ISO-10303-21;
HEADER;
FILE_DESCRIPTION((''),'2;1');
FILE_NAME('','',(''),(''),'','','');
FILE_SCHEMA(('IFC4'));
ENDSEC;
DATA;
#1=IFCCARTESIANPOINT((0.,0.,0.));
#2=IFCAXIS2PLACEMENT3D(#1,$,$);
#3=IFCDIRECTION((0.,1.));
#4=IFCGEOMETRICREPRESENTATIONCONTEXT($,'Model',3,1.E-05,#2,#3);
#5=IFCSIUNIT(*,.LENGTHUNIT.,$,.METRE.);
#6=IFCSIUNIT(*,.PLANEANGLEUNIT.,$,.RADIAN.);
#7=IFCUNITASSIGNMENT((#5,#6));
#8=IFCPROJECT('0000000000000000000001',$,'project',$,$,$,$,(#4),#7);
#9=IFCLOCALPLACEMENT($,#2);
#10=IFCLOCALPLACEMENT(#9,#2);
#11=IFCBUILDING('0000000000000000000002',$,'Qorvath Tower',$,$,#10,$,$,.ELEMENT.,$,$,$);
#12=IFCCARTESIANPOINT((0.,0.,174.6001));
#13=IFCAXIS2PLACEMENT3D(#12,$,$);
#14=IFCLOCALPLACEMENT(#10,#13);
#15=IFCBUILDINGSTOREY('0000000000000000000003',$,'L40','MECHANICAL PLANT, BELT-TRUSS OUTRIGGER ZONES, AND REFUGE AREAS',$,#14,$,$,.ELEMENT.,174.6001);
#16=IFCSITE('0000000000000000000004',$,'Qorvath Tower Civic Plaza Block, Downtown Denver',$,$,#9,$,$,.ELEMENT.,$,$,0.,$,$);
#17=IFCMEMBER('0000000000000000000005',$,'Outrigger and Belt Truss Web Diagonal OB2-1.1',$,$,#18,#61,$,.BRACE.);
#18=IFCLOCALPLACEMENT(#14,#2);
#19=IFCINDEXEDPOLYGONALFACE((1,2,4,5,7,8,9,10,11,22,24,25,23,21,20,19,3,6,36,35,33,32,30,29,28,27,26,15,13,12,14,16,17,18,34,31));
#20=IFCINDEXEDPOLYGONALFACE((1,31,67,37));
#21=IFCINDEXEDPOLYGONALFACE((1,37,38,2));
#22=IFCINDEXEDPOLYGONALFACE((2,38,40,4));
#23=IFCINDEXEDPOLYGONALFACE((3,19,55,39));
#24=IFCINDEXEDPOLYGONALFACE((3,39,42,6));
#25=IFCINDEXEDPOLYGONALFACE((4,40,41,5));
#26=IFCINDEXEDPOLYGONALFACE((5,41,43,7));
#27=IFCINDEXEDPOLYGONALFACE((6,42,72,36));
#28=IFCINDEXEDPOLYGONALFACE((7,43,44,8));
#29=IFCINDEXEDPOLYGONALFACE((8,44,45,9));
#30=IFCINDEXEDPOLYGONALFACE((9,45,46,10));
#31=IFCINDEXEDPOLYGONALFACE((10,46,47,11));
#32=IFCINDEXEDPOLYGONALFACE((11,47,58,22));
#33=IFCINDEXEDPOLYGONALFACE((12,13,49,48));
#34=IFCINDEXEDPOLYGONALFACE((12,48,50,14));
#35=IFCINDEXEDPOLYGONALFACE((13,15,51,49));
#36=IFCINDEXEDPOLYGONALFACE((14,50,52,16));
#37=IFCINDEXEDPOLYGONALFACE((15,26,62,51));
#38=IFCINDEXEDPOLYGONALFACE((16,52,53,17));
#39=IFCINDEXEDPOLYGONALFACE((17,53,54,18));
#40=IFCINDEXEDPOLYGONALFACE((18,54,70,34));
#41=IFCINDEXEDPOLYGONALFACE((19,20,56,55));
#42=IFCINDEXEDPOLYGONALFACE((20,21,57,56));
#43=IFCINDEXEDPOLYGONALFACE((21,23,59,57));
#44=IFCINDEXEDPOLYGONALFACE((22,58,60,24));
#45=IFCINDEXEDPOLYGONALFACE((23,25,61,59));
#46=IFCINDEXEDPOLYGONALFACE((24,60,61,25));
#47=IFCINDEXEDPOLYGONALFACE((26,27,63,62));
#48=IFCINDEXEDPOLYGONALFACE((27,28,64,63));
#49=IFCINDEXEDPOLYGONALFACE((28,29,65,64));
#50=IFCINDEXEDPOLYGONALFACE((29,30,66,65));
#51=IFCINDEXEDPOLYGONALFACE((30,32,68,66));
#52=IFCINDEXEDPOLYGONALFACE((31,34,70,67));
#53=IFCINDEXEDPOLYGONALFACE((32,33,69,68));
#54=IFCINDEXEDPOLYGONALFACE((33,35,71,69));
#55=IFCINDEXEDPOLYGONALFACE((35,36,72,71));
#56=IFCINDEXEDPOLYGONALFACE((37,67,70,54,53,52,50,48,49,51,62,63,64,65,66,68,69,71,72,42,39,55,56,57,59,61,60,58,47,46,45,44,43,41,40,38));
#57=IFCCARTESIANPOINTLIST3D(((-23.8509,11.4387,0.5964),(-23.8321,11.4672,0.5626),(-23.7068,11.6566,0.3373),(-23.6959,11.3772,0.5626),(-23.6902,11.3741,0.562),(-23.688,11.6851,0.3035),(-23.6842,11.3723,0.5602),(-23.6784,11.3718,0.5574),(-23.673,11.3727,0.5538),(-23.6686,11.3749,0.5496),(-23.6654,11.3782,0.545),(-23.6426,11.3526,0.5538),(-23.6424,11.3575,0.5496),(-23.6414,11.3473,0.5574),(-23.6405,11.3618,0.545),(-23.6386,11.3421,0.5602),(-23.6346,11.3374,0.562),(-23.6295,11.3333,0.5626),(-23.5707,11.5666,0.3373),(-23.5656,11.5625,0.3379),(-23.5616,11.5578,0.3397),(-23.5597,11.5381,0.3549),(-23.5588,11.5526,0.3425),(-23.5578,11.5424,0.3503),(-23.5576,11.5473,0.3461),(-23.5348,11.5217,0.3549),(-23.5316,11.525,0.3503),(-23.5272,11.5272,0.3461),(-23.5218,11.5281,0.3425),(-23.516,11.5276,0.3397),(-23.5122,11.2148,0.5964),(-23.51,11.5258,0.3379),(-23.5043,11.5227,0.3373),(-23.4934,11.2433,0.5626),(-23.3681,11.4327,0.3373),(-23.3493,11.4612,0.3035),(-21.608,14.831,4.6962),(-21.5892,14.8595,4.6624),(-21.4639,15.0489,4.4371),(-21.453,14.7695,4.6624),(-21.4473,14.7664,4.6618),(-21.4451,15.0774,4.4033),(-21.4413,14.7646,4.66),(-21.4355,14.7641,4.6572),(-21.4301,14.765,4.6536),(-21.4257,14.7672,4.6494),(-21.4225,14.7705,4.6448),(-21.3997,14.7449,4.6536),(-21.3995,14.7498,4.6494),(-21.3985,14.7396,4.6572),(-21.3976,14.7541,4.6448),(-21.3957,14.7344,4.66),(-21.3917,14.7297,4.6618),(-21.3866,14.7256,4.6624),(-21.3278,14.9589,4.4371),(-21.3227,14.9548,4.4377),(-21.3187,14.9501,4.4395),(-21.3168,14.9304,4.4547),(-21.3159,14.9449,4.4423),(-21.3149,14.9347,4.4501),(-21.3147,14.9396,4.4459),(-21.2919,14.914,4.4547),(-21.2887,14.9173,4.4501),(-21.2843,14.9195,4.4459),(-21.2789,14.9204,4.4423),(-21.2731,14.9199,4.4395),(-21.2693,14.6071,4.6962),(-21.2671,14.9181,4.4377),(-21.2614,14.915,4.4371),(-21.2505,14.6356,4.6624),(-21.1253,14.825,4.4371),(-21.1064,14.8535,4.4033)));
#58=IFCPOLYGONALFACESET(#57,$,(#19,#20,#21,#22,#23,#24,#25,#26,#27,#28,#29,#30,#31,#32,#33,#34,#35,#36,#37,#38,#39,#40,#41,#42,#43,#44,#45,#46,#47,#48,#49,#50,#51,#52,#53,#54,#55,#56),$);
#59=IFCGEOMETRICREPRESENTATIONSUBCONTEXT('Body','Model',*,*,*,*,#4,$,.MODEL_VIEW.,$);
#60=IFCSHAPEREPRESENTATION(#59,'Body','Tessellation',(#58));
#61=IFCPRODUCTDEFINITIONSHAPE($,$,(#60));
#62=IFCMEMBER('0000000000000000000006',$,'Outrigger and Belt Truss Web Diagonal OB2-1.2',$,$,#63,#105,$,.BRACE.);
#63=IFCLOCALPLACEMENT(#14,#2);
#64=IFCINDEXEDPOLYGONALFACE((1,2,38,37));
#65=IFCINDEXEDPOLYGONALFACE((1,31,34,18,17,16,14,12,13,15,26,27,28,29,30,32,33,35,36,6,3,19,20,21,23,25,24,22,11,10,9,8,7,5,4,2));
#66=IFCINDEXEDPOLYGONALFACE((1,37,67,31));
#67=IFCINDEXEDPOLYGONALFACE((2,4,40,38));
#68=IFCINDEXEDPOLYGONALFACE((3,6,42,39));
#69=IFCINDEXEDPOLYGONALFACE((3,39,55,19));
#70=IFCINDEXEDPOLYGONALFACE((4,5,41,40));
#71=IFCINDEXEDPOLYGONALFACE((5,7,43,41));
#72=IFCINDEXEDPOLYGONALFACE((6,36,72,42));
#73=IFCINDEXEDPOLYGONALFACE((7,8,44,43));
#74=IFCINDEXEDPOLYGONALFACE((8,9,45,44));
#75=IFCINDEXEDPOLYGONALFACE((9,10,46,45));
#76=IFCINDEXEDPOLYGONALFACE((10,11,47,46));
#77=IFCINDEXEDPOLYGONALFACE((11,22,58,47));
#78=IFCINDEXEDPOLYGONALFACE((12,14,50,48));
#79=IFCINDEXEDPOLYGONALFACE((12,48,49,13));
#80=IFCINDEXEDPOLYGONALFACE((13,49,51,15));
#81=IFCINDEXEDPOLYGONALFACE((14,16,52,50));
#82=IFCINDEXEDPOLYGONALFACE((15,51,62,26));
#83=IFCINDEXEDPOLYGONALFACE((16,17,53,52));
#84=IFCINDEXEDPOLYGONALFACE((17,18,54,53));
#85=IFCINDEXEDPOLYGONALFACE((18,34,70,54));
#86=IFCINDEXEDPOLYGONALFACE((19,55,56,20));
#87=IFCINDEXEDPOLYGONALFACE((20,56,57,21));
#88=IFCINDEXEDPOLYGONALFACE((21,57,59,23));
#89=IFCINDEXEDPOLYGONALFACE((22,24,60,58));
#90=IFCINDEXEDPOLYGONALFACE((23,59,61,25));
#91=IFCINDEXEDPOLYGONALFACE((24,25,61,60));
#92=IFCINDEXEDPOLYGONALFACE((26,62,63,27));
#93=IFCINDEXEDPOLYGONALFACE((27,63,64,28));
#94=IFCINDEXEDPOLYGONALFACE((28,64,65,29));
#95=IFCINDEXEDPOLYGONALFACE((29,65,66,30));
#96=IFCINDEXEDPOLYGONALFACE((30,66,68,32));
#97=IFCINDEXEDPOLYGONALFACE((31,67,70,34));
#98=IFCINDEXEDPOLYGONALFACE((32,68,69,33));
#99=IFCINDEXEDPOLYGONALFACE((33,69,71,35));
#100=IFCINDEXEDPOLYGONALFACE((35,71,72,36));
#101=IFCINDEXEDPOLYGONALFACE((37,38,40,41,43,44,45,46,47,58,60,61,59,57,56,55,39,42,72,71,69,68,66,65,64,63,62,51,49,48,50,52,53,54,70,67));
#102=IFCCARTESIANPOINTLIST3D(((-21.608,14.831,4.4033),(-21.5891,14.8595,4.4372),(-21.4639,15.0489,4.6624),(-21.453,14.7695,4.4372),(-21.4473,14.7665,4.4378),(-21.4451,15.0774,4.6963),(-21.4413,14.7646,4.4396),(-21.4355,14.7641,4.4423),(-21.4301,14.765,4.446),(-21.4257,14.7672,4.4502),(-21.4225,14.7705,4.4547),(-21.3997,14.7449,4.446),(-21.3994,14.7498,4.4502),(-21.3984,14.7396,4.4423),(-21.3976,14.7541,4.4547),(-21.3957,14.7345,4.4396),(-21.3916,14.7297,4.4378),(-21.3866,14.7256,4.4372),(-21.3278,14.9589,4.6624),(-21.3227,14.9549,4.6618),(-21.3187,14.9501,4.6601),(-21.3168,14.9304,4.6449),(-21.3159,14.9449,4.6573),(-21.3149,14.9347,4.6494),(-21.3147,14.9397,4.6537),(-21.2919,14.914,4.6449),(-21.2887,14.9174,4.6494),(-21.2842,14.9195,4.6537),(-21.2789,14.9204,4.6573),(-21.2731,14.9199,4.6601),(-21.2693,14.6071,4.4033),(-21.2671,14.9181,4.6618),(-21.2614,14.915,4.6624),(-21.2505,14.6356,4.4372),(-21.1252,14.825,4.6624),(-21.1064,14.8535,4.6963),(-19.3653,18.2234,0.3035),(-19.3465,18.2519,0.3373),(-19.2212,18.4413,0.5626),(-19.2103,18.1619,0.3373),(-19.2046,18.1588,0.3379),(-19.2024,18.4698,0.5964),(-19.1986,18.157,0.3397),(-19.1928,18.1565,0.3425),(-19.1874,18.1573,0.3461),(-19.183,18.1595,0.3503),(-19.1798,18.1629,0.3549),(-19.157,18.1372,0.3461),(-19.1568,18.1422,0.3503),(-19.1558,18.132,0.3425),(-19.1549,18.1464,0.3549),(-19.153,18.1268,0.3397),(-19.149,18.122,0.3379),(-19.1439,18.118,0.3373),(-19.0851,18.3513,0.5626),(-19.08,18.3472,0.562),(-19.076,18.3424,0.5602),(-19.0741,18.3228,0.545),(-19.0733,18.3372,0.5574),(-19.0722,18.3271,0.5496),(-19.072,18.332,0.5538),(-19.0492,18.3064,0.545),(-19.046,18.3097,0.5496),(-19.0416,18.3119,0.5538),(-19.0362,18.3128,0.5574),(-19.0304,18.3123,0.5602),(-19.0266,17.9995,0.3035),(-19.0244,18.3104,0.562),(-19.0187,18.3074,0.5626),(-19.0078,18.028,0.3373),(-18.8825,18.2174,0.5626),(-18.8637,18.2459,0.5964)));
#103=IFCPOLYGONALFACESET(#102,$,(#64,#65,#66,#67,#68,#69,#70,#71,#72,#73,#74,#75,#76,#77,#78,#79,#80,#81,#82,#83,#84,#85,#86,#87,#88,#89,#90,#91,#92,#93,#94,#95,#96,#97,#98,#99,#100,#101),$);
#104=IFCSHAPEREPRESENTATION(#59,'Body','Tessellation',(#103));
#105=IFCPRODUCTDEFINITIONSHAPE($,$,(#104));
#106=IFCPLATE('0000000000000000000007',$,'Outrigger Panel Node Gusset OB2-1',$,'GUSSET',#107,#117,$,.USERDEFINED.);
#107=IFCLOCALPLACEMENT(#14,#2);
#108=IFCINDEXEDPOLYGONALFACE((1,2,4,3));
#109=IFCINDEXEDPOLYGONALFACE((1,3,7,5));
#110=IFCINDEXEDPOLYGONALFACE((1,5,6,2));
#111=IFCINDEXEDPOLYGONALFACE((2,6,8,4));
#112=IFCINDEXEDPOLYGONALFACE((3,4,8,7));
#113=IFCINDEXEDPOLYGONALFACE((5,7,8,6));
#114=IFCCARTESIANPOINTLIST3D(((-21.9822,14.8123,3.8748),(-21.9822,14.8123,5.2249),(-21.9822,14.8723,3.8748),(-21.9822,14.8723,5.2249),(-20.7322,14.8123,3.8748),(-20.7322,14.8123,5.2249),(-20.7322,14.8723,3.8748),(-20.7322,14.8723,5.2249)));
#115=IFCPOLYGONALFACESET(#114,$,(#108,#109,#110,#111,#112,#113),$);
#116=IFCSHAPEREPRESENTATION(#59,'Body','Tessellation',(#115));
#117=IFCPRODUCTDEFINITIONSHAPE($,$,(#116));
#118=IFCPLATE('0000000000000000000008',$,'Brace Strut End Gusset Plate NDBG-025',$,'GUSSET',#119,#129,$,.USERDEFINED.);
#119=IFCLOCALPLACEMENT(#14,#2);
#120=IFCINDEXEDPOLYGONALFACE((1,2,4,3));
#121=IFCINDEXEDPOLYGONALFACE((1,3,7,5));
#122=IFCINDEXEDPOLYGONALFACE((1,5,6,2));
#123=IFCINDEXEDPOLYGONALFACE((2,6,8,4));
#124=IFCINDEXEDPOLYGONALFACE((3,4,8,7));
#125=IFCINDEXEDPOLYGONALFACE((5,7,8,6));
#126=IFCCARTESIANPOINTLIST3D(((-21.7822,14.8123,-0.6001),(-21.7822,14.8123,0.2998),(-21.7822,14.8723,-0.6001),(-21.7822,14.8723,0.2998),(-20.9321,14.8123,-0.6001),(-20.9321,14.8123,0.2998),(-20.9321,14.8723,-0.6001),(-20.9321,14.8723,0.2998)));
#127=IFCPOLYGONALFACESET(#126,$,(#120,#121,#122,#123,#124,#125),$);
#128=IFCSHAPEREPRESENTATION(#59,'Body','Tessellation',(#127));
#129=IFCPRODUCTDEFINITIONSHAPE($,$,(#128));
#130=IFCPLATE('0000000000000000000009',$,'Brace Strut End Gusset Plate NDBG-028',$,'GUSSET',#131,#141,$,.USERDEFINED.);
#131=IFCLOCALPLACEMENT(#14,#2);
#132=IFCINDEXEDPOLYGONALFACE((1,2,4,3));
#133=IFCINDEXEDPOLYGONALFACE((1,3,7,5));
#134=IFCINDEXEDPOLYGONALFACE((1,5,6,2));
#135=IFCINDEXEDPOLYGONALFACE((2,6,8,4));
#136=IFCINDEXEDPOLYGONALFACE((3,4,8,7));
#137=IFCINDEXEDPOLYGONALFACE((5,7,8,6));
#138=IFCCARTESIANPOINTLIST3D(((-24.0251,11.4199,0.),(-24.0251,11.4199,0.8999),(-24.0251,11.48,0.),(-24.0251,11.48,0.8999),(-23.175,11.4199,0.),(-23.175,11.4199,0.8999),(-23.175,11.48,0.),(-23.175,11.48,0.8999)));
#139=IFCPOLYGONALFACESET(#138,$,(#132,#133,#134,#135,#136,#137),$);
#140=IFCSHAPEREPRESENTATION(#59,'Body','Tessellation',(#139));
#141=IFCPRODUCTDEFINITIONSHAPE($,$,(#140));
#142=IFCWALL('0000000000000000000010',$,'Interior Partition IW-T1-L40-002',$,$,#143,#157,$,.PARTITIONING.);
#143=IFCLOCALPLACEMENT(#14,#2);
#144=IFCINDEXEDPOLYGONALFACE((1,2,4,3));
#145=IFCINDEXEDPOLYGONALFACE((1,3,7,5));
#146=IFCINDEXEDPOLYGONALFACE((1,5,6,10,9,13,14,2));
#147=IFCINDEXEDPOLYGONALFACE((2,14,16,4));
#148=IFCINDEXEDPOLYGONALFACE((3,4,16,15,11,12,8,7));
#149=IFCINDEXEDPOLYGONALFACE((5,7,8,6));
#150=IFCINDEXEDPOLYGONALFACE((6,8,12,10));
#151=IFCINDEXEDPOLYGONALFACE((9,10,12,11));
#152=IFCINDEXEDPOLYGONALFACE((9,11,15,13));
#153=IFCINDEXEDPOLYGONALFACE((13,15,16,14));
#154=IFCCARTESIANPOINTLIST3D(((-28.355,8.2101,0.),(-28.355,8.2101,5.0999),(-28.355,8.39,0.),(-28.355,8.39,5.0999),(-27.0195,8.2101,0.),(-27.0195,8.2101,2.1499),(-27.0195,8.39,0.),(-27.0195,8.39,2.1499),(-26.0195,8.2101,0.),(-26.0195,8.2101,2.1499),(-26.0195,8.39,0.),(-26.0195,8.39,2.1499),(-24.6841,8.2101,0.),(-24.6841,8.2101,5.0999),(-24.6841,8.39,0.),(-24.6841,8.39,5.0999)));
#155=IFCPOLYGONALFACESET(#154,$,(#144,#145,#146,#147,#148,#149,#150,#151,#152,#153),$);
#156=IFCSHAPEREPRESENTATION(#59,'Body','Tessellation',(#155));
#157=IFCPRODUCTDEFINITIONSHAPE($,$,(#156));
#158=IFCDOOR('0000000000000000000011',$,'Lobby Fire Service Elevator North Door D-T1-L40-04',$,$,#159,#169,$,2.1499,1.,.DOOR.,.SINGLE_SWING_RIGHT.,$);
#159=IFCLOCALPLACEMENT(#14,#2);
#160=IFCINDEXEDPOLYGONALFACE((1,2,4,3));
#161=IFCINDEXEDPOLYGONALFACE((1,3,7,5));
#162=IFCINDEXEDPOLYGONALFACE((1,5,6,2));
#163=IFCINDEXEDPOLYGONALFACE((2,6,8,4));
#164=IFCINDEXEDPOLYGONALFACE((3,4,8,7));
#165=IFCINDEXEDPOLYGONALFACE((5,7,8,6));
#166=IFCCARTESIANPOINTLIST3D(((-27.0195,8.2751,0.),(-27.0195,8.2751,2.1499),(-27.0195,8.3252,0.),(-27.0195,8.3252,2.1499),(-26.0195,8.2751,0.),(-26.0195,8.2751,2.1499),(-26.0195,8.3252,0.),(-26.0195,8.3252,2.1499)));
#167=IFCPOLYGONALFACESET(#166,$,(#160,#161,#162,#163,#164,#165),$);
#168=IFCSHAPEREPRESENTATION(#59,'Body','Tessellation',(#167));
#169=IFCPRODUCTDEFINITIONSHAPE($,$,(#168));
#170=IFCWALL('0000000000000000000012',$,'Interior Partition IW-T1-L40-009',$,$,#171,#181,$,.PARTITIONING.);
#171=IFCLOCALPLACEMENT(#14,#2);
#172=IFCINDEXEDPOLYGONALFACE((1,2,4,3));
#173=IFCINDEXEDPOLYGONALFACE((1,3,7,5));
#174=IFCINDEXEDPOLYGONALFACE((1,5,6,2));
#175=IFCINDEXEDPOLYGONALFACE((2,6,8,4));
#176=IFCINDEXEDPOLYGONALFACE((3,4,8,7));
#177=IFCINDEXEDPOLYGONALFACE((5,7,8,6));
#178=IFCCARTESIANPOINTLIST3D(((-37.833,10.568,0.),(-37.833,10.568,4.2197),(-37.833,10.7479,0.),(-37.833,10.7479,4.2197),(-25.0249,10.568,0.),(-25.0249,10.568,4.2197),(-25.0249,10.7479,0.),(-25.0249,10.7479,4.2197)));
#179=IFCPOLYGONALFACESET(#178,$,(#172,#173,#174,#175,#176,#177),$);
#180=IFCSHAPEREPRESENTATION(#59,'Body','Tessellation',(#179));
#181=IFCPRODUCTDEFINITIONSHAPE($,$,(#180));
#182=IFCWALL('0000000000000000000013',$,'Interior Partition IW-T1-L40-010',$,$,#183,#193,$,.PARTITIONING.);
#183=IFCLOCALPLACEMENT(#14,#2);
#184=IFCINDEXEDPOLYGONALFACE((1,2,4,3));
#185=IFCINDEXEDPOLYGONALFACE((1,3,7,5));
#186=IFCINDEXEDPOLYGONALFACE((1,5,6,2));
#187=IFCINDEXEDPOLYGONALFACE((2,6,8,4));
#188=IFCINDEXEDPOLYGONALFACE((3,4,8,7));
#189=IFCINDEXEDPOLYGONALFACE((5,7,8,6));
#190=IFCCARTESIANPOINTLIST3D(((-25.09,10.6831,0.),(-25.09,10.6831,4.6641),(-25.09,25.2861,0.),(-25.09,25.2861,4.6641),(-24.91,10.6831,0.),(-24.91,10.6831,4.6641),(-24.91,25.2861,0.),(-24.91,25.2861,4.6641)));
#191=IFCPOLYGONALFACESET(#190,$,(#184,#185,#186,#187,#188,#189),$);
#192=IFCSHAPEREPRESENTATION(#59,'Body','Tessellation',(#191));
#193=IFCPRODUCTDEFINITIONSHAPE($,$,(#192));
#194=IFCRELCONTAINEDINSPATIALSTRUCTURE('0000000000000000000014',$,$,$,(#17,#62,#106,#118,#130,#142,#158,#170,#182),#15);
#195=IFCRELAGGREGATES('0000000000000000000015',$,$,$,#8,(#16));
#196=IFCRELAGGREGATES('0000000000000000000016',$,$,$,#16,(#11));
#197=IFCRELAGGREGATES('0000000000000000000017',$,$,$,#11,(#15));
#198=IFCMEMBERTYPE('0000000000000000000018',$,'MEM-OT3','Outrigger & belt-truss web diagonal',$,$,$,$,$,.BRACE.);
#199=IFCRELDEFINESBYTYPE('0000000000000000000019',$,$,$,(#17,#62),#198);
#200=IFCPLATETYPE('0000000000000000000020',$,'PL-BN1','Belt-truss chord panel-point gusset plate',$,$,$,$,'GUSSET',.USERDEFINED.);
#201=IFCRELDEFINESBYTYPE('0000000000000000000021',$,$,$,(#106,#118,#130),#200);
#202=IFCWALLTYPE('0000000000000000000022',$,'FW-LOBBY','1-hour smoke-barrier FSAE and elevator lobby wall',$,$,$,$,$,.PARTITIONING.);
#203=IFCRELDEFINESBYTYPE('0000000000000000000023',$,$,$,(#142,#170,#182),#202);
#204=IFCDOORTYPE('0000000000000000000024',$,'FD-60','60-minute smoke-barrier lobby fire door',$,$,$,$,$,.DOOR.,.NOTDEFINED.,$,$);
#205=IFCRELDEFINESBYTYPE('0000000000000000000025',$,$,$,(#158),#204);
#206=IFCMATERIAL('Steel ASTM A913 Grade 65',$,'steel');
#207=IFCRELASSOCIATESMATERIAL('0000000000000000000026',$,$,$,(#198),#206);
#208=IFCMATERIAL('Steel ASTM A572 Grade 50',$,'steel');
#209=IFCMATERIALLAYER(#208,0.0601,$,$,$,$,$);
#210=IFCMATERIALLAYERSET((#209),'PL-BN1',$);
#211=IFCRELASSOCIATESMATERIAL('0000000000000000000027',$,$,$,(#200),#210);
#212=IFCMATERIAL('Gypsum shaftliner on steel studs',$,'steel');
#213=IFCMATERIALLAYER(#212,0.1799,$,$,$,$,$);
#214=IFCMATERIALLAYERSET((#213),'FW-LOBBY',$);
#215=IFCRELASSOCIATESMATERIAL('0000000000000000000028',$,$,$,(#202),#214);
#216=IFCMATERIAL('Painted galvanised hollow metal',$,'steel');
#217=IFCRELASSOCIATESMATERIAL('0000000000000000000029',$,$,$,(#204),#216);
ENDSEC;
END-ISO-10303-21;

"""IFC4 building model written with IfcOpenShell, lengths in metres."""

from ifc_helpers import new_model, si_unit, direction, frame, frame_2d, origin, origin_2d, place, context, subcontext, project, spatial, rectangle, i_section, extrude, material, layer, layer_set, material_profile, profile_set, type_object, element, fill, save


model = new_model("IFC4")

# Units and contexts
model_context = context("Model", 3, precision=1e-05, world=origin(), true_north=direction((0.0, 1.0)))
body_context = subcontext(model_context, "Body", "Model", "MODEL_VIEW")
ifc_project = project(units=[si_unit("LENGTHUNIT", "METRE"), si_unit("PLANEANGLEUNIT", "RADIAN")], contexts=[model_context])

# Site, building, storey
site_placement = place(None, origin())
site = spatial("IfcSite", under=ifc_project, at=site_placement, Name="Qorvath Tower Civic Plaza Block, Downtown Denver", CompositionType="ELEMENT", RefElevation=0.0)
building_placement = place(site_placement, origin())
building = spatial("IfcBuilding", under=site, at=building_placement, Name="Qorvath Tower", CompositionType="ELEMENT")
storey_placement = place(building_placement, frame((0.0, 0.0, 174.6001)))
storey = spatial("IfcBuildingStorey", under=building, at=storey_placement, Name="L40", Description="MECHANICAL PLANT, BELT-TRUSS OUTRIGGER ZONES, AND REFUGE AREAS", CompositionType="ELEMENT", Elevation=174.6001)

# Members
ifc_material_1 = material(Name="Steel ASTM A913 Grade 65", Category="steel")
ifc_material_profile_1 = material_profile(ifc_material_1, i_section(OverallWidth=0.406, OverallDepth=0.416, WebThickness=0.0298, FlangeThickness=0.0481, FilletRadius=0.0249, at=origin_2d()), Name="W14x257")
ifc_profile_set_1 = profile_set([ifc_material_profile_1], Name="Steel ASTM A913 Grade 65")
member_type_1 = type_object("IfcMemberType", Name="MEM-OT3", Description="Outrigger & belt-truss web diagonal", PredefinedType="BRACE", material=ifc_profile_set_1)
for number, where, z_axis, x_axis, name in (
    (1, (-23.6001, 11.45, 0.45), (0.388403, 0.587445, 0.709965), (-0.834159, 0.551524, 0.0), "Outrigger and Belt Truss Web Diagonal OB2-1.1"),
    (2, (-19.1145, 18.2346, 0.45), (-0.388367, -0.587455, 0.709977), (0.834187, -0.551482, 0.0), "Outrigger and Belt Truss Web Diagonal OB2-1.2"),
):
    element("IfcMember", number, at=place(storey_placement, frame(where, z_axis=z_axis, x_axis=x_axis)), inside=storey, type_object=member_type_1, Name=name, PredefinedType="BRACE", context=body_context, shape_type="SweptSolid", body=[
        extrude(i_section(OverallWidth=0.406, OverallDepth=0.416, WebThickness=0.0298, FlangeThickness=0.0481, FilletRadius=0.0249, at=origin_2d()), origin(), (0.0, 0.0, 1.0), 5.7747),
    ])

# Plates
ifc_material_2 = material(Name="Steel ASTM A572 Grade 50", Category="steel")
ifc_layer_1 = layer(ifc_material_2, 0.0601)
ifc_layer_set_1 = layer_set([ifc_layer_1], Name="PL-BN1")
plate_type = type_object("IfcPlateType", Name="PL-BN1", Description="Belt-truss chord panel-point gusset plate", ElementType="GUSSET", PredefinedType="USERDEFINED", material=ifc_layer_set_1)
plate_placement = place(storey_placement, frame((-21.3572, 14.8423, 3.8748), z_axis=(0.0, 0.0, 1.0), x_axis=(1.0, 0.0, 0.0)))
element("IfcPlate", 3, at=plate_placement, inside=storey, type_object=plate_type, Name="Outrigger Panel Node Gusset OB2-1", ObjectType="GUSSET", PredefinedType="USERDEFINED", context=body_context, shape_type="SweptSolid", body=[
    extrude(rectangle(XDim=1.25, YDim=0.0601, at=origin_2d()), origin(), (0.0, 0.0, 1.0), 1.3501),
])
for number, where, z_axis, x_axis, name in (
    (4, (-21.3572, 14.8423, -0.6001), (0.0, 0.0, 1.0), (1.0, 0.0, 0.0), "Brace Strut End Gusset Plate NDBG-025"),
    (5, (-23.6001, 11.45, 0.0), (0.0, 0.0, 1.0), (1.0, 0.0, 0.0), "Brace Strut End Gusset Plate NDBG-028"),
):
    element("IfcPlate", number, at=place(storey_placement, frame(where, z_axis=z_axis, x_axis=x_axis)), inside=storey, type_object=plate_type, Name=name, ObjectType="GUSSET", PredefinedType="USERDEFINED", context=body_context, shape_type="SweptSolid", body=[
        extrude(rectangle(XDim=0.8501, YDim=0.0601, at=origin_2d()), origin(), (0.0, 0.0, 1.0), 0.8999),
    ])

# Wall, opening, door
ifc_material_3 = material(Name="Gypsum shaftliner on steel studs", Category="steel")
ifc_layer_2 = layer(ifc_material_3, 0.1799)
ifc_layer_set_2 = layer_set([ifc_layer_2], Name="FW-LOBBY")
wall_type_1 = type_object("IfcWallType", Name="FW-LOBBY", Description="1-hour smoke-barrier FSAE and elevator lobby wall", PredefinedType="PARTITIONING", material=ifc_layer_set_2)
wall_1_placement = place(storey_placement, frame((-24.6841, 8.3, 0.0), z_axis=(0.0, 0.0, 1.0), x_axis=(-1.0, 0.0, 0.0)))
wall_1 = element("IfcWall", 6, at=wall_1_placement, inside=storey, type_object=wall_type_1, Name="Interior Partition IW-T1-L40-002", PredefinedType="PARTITIONING", context=body_context, shape_type="SweptSolid", body=[
    extrude(rectangle(XDim=3.6709, YDim=0.1799, at=frame_2d((1.8354, 0.0))), origin(), (0.0, 0.0, 1.0), 5.0999),
])
opening_1_placement = place(wall_1_placement, frame((1.3354, 0.0, 0.0)))
opening_1 = element("IfcOpeningElement", 7, at=opening_1_placement, cuts=wall_1, PredefinedType="OPENING", context=body_context, shape_type="SweptSolid", body=[
    extrude(rectangle(XDim=1.0, YDim=2.1499, at=frame_2d((0.5, 1.075))), frame((0.0, 0.1001, 0.0), z_axis=(0.0, -1.0, 0.0), x_axis=(1.0, 0.0, 0.0)), (0.0, 0.0, 1.0), 0.2),
])
ifc_material_4 = material(Name="Painted galvanised hollow metal", Category="steel")
door_type_1 = type_object("IfcDoorType", Name="FD-60", Description="60-minute smoke-barrier lobby fire door", OperationType="NOTDEFINED", PredefinedType="DOOR", material=ifc_material_4)
door_1_placement = place(opening_1_placement, origin())
door_1 = element("IfcDoor", 8, at=door_1_placement, inside=storey, type_object=door_type_1, Name="Lobby Fire Service Elevator North Door D-T1-L40-04", OperationType="SINGLE_SWING_RIGHT", OverallHeight=2.1499, OverallWidth=1.0, PredefinedType="DOOR", context=body_context, shape_type="SweptSolid", body=[
    extrude(rectangle(XDim=1.0, YDim=2.1499, at=frame_2d((0.5, 1.075))), frame((0.0, 0.0249, 0.0), z_axis=(0.0, -1.0, 0.0), x_axis=(1.0, 0.0, 0.0)), (0.0, 0.0, 1.0), 0.05),
])
fill(opening_1, door_1)

# Walls
wall_2_placement = place(storey_placement, frame((-25.0249, 10.658, 0.0), z_axis=(0.0, 0.0, 1.0), x_axis=(-1.0, 0.0, 0.0)))
element("IfcWall", 9, at=wall_2_placement, inside=storey, type_object=wall_type_1, Name="Interior Partition IW-T1-L40-009", PredefinedType="PARTITIONING", context=body_context, shape_type="SweptSolid", body=[
    extrude(rectangle(XDim=12.8081, YDim=0.1799, at=frame_2d((6.4041, 0.0))), origin(), (0.0, 0.0, 1.0), 4.2197),
])
wall_3_placement = place(storey_placement, frame((-25.0, 10.6831, 0.0), z_axis=(0.0, 0.0, 1.0), x_axis=(0.0, 1.0, 0.0)))
element("IfcWall", 10, at=wall_3_placement, inside=storey, type_object=wall_type_1, Name="Interior Partition IW-T1-L40-010", PredefinedType="PARTITIONING", context=body_context, shape_type="SweptSolid", body=[
    extrude(rectangle(XDim=14.603, YDim=0.1799, at=frame_2d((7.3015, 0.0))), origin(), (0.0, 0.0, 1.0), 4.6641),
])

save(model, "model.ifc")
